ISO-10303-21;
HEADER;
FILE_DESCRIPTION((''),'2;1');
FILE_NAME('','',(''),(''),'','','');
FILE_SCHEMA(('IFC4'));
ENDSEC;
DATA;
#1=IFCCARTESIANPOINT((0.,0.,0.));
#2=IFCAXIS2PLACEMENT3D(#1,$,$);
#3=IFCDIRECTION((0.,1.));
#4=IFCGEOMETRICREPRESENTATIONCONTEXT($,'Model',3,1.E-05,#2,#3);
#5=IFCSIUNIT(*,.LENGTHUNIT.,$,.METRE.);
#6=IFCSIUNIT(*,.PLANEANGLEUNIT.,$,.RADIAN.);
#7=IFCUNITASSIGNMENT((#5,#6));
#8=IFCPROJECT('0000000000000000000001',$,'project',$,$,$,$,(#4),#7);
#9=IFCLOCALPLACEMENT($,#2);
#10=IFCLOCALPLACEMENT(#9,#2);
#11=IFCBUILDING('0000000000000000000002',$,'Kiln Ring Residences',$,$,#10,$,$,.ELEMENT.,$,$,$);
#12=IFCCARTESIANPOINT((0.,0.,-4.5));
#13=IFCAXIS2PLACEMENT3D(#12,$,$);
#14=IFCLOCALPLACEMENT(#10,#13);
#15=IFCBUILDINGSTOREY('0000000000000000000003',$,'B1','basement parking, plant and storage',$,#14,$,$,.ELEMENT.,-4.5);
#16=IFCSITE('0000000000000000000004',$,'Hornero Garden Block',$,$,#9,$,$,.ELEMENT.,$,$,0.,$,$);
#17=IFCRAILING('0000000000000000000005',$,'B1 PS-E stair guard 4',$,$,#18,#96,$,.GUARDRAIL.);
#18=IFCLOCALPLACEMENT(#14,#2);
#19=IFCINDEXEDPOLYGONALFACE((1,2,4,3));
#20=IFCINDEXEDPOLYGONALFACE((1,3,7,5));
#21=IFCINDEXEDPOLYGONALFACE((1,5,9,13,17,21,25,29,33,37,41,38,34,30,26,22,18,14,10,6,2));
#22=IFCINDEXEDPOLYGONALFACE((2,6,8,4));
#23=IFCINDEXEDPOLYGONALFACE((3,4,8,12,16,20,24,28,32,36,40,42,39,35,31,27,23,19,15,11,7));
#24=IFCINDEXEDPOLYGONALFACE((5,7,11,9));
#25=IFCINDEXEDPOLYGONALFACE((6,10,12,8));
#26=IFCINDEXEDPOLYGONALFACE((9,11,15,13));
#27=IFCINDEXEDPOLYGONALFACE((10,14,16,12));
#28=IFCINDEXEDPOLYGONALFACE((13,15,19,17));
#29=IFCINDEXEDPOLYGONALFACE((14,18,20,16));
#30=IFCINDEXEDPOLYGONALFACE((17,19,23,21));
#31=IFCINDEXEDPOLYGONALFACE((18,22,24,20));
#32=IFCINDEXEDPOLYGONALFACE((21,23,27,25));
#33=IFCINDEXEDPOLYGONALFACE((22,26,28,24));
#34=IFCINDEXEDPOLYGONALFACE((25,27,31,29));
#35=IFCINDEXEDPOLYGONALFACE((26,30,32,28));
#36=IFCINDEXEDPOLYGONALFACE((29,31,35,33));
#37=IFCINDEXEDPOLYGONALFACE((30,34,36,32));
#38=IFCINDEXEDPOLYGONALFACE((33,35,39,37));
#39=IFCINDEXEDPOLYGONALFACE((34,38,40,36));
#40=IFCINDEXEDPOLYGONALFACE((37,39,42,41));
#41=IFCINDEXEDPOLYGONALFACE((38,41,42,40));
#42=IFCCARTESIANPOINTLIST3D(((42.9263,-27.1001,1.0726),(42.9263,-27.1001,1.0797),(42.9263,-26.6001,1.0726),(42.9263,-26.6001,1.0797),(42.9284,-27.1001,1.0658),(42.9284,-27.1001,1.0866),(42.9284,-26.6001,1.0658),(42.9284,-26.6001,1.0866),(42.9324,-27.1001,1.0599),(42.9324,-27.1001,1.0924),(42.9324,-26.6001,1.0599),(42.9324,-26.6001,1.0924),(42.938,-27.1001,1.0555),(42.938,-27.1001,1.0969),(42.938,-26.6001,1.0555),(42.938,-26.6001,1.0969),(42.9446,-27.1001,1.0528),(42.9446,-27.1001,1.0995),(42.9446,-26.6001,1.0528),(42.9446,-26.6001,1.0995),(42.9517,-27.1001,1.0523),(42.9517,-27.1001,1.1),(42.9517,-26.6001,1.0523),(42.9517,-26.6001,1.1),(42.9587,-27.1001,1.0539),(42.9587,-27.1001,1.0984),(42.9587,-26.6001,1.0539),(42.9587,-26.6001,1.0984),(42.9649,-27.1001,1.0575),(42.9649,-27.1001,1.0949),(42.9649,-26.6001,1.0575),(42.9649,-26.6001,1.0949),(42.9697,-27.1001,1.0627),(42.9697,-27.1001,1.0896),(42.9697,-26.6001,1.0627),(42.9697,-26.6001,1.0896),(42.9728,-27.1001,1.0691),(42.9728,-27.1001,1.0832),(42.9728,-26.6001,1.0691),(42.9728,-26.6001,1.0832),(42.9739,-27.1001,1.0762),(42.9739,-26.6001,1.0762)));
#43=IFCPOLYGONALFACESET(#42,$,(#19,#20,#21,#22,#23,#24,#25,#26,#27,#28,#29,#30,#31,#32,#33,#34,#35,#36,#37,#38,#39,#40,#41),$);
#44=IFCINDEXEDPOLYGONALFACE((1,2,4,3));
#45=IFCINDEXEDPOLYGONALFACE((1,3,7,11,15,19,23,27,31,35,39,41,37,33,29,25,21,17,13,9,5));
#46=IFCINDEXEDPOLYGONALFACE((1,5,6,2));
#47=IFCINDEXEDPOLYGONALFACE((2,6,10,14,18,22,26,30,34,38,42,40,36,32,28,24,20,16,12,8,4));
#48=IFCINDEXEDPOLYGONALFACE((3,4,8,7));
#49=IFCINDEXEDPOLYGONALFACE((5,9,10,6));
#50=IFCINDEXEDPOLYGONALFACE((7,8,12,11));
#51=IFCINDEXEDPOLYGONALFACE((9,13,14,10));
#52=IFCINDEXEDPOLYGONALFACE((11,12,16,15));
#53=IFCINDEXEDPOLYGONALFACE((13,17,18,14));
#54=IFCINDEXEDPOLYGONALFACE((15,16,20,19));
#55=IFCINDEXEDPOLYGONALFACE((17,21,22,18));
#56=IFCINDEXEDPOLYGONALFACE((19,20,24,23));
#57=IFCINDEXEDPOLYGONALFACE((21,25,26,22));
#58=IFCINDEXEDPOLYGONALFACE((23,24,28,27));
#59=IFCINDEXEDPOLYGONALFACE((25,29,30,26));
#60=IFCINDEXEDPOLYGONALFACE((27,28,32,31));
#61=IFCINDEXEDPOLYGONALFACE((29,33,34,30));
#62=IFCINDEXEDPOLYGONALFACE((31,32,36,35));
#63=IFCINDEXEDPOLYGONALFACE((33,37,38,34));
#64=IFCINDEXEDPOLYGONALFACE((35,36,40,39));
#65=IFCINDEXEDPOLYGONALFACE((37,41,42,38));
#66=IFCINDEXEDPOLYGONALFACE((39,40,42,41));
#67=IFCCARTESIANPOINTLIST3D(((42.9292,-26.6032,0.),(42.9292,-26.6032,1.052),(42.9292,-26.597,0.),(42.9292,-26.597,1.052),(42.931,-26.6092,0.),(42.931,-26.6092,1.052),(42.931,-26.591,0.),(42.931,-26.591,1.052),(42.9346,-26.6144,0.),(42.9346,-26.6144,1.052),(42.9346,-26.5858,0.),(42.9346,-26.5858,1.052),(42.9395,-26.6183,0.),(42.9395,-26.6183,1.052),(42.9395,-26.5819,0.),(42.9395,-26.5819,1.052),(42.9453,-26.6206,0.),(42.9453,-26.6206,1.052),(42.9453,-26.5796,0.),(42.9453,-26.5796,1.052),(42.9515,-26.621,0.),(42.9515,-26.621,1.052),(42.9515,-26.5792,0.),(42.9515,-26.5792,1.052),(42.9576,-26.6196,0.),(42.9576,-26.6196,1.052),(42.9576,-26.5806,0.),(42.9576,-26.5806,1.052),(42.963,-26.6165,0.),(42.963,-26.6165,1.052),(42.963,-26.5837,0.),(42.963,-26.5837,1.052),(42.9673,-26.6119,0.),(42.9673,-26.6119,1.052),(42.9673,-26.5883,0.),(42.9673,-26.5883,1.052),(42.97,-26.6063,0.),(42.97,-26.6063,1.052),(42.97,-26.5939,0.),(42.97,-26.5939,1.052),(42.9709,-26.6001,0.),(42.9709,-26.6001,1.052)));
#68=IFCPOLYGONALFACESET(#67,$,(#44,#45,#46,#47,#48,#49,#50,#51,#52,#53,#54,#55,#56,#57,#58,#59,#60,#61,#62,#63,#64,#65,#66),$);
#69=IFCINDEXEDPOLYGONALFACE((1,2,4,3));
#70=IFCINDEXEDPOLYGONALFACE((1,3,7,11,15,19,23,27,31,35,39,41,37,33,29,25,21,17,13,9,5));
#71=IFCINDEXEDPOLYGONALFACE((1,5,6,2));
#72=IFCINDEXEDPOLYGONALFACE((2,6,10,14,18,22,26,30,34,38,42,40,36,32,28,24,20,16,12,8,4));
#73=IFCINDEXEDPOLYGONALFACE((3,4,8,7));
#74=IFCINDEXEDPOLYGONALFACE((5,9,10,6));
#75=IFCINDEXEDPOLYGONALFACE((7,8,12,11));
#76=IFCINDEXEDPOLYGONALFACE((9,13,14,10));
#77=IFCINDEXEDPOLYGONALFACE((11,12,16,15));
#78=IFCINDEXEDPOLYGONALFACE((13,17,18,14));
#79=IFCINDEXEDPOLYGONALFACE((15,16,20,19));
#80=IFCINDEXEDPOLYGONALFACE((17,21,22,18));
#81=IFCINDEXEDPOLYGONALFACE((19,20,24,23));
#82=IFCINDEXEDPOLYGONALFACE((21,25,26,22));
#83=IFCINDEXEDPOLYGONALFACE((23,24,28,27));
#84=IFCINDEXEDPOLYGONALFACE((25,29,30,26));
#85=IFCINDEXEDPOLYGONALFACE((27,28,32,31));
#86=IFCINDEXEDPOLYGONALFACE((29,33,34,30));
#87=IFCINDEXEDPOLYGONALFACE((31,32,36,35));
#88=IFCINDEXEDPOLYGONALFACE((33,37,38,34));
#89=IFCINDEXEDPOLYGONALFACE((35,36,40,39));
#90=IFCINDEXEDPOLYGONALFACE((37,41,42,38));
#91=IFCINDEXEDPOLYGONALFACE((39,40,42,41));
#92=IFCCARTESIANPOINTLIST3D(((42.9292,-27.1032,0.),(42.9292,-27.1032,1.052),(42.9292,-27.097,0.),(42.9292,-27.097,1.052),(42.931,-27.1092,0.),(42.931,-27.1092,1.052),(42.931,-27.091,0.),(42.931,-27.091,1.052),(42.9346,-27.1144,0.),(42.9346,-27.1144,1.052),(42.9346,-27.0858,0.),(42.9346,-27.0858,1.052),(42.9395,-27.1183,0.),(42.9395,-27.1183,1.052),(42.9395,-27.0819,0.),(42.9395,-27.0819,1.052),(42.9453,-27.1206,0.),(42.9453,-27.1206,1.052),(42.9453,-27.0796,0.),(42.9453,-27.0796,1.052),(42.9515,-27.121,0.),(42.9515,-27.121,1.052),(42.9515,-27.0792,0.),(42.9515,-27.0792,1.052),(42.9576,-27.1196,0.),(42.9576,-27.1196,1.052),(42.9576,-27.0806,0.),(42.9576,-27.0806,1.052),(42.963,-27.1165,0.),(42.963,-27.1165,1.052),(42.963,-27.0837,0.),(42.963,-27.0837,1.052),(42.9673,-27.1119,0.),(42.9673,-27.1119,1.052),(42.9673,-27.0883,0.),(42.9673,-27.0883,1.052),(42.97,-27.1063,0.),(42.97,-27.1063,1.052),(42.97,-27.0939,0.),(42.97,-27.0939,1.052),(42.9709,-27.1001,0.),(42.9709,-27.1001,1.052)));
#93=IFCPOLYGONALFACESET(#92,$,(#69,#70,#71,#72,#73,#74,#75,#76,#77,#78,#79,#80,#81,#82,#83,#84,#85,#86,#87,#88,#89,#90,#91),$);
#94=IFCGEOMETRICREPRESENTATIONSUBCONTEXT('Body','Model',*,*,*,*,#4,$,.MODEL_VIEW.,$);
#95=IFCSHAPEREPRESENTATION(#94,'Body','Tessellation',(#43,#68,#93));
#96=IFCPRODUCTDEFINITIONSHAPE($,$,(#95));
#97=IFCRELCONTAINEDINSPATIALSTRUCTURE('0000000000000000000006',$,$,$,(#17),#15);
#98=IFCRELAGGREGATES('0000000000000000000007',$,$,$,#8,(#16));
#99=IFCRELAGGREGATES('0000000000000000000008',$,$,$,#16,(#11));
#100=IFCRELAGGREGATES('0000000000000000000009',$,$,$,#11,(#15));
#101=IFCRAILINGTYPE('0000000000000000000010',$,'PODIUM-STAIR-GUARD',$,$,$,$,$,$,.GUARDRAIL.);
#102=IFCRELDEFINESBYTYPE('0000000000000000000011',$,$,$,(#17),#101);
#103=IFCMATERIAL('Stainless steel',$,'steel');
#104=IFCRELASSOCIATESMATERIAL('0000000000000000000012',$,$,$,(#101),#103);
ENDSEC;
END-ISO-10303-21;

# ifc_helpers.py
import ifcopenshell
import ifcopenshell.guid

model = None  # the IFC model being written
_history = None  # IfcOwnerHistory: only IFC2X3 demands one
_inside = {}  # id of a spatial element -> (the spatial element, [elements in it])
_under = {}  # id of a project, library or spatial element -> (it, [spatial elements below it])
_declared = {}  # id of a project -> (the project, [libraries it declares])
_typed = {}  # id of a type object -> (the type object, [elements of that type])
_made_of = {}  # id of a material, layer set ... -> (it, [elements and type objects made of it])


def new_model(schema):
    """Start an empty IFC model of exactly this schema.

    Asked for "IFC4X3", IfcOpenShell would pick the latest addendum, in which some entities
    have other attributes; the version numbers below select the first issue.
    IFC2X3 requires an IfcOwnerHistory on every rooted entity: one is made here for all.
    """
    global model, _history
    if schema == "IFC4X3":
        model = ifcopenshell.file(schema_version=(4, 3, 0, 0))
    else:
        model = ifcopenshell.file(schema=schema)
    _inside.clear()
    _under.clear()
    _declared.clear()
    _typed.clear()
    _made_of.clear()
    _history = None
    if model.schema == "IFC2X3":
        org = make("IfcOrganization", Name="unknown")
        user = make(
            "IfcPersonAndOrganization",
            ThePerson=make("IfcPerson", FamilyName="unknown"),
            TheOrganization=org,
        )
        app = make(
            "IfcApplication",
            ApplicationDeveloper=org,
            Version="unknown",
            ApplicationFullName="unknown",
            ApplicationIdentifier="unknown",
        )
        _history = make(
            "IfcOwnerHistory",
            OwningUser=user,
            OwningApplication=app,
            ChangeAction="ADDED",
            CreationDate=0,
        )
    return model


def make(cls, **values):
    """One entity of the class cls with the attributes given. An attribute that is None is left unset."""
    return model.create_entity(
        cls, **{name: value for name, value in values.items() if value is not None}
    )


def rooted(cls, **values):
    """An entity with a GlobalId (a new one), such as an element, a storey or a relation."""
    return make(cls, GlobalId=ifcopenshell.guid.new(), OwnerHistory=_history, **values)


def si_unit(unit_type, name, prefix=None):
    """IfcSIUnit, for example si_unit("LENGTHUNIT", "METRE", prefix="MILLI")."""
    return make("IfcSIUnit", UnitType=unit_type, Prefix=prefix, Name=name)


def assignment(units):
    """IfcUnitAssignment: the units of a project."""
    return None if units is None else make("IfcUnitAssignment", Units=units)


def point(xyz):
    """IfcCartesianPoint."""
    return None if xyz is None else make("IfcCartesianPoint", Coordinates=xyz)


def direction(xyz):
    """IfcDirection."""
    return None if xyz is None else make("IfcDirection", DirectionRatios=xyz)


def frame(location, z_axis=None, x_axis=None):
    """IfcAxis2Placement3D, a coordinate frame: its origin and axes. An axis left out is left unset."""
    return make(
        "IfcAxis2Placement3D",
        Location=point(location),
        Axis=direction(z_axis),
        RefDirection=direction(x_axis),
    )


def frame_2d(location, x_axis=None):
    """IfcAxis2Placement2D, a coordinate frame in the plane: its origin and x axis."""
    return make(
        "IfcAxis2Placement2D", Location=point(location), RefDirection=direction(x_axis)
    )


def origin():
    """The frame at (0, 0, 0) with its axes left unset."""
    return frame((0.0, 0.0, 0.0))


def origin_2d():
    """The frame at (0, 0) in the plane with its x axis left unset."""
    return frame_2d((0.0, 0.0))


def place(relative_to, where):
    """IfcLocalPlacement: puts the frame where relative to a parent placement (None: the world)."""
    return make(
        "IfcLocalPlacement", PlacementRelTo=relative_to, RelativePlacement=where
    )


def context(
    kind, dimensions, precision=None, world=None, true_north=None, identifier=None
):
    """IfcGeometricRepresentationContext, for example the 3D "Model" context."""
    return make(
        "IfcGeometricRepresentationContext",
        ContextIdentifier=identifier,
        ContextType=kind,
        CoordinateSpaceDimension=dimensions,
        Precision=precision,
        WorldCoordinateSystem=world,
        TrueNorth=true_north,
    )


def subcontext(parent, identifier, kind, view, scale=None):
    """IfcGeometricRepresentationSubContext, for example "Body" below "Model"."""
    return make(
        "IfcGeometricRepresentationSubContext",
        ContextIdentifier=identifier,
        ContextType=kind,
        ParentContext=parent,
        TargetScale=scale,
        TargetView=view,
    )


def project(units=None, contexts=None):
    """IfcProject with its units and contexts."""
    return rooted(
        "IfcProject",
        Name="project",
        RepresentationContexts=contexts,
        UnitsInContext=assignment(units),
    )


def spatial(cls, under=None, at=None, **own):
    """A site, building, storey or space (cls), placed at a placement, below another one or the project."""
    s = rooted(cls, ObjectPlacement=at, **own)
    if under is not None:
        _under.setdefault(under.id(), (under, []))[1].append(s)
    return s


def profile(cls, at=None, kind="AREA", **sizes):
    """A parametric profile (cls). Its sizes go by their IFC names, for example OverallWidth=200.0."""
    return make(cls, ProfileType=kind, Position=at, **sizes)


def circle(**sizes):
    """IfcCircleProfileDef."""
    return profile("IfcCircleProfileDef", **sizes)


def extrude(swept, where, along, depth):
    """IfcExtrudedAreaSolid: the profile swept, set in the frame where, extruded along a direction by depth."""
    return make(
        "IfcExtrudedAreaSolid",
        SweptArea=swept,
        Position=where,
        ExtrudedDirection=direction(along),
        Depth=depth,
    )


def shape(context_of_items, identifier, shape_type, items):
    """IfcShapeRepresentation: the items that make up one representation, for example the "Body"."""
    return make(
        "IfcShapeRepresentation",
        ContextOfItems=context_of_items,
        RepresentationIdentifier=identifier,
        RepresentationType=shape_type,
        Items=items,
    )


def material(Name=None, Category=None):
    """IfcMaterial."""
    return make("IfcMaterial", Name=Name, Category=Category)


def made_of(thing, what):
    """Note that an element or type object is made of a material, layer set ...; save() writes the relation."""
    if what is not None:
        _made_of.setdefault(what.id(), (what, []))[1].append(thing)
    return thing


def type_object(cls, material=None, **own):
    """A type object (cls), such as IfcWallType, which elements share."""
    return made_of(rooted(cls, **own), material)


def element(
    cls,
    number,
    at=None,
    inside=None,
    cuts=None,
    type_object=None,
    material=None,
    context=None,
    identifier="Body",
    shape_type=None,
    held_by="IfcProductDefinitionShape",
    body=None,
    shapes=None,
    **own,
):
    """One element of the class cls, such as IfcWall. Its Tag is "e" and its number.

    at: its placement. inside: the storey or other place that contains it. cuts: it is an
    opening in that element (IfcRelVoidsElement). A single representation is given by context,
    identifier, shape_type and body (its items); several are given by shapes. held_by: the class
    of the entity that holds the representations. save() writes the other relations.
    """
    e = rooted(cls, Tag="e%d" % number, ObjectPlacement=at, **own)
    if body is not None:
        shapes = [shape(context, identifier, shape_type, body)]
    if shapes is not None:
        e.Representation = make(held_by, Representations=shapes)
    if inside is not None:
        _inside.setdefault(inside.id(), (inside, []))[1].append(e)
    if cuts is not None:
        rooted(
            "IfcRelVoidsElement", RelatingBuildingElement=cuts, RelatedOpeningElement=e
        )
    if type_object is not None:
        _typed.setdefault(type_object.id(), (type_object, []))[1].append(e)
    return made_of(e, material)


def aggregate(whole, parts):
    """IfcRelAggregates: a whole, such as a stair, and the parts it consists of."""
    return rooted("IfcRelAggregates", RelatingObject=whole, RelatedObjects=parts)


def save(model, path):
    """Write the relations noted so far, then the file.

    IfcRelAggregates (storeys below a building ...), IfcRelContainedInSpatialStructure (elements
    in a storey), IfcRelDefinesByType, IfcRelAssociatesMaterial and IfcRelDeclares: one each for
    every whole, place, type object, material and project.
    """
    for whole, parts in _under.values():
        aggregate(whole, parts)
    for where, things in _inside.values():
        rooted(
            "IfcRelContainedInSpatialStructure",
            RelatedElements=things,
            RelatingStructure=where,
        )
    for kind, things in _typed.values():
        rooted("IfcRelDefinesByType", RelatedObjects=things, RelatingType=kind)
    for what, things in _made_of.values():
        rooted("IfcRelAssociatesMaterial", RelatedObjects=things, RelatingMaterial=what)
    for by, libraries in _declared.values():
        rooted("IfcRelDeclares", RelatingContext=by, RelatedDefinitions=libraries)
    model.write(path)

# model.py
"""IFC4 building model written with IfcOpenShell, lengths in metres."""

from ifc_helpers import new_model, si_unit, direction, frame, origin, origin_2d, place, context, subcontext, project, spatial, circle, extrude, material, type_object, element, save


model = new_model("IFC4")

# Units and contexts
model_context = context("Model", 3, precision=1e-05, world=origin(), true_north=direction((0.0, 1.0)))
body_context = subcontext(model_context, "Body", "Model", "MODEL_VIEW")
ifc_project = project(units=[si_unit("LENGTHUNIT", "METRE"), si_unit("PLANEANGLEUNIT", "RADIAN")], contexts=[model_context])

# Site, building, storey
site_placement = place(None, origin())
site = spatial("IfcSite", under=ifc_project, at=site_placement, Name="Hornero Garden Block", CompositionType="ELEMENT", RefElevation=0.0)
building_placement = place(site_placement, origin())
building = spatial("IfcBuilding", under=site, at=building_placement, Name="Kiln Ring Residences", CompositionType="ELEMENT")
storey_placement = place(building_placement, frame((0.0, 0.0, -4.5)))
storey = spatial("IfcBuildingStorey", under=building, at=storey_placement, Name="B1", Description="basement parking, plant and storage", CompositionType="ELEMENT", Elevation=-4.5)

# Railing
ifc_material_1 = material(Name="Stainless steel", Category="steel")
railing_type_1 = type_object("IfcRailingType", Name="PODIUM-STAIR-GUARD", PredefinedType="GUARDRAIL", material=ifc_material_1)
railing_1_placement = place(storey_placement, frame((42.95, -26.6001, 0.0)))
element("IfcRailing", 1, at=railing_1_placement, inside=storey, type_object=railing_type_1, Name="B1 PS-E stair guard 4", PredefinedType="GUARDRAIL", context=body_context, shape_type="SweptSolid", body=[
    extrude(circle(Radius=0.0239, at=origin_2d()), frame((0.0, 0.0, 1.0762), z_axis=(0.0, -1.0, 0.0), x_axis=(1.0, 0.0, 0.0)), (0.0, 0.0, 1.0), 0.5),
    extrude(circle(Radius=0.021, at=origin_2d()), origin(), (0.0, 0.0, 1.0), 1.052),
    extrude(circle(Radius=0.021, at=origin_2d()), frame((0.0, -0.5, 0.0)), (0.0, 0.0, 1.0), 1.052),
])

save(model, "model.ifc")
